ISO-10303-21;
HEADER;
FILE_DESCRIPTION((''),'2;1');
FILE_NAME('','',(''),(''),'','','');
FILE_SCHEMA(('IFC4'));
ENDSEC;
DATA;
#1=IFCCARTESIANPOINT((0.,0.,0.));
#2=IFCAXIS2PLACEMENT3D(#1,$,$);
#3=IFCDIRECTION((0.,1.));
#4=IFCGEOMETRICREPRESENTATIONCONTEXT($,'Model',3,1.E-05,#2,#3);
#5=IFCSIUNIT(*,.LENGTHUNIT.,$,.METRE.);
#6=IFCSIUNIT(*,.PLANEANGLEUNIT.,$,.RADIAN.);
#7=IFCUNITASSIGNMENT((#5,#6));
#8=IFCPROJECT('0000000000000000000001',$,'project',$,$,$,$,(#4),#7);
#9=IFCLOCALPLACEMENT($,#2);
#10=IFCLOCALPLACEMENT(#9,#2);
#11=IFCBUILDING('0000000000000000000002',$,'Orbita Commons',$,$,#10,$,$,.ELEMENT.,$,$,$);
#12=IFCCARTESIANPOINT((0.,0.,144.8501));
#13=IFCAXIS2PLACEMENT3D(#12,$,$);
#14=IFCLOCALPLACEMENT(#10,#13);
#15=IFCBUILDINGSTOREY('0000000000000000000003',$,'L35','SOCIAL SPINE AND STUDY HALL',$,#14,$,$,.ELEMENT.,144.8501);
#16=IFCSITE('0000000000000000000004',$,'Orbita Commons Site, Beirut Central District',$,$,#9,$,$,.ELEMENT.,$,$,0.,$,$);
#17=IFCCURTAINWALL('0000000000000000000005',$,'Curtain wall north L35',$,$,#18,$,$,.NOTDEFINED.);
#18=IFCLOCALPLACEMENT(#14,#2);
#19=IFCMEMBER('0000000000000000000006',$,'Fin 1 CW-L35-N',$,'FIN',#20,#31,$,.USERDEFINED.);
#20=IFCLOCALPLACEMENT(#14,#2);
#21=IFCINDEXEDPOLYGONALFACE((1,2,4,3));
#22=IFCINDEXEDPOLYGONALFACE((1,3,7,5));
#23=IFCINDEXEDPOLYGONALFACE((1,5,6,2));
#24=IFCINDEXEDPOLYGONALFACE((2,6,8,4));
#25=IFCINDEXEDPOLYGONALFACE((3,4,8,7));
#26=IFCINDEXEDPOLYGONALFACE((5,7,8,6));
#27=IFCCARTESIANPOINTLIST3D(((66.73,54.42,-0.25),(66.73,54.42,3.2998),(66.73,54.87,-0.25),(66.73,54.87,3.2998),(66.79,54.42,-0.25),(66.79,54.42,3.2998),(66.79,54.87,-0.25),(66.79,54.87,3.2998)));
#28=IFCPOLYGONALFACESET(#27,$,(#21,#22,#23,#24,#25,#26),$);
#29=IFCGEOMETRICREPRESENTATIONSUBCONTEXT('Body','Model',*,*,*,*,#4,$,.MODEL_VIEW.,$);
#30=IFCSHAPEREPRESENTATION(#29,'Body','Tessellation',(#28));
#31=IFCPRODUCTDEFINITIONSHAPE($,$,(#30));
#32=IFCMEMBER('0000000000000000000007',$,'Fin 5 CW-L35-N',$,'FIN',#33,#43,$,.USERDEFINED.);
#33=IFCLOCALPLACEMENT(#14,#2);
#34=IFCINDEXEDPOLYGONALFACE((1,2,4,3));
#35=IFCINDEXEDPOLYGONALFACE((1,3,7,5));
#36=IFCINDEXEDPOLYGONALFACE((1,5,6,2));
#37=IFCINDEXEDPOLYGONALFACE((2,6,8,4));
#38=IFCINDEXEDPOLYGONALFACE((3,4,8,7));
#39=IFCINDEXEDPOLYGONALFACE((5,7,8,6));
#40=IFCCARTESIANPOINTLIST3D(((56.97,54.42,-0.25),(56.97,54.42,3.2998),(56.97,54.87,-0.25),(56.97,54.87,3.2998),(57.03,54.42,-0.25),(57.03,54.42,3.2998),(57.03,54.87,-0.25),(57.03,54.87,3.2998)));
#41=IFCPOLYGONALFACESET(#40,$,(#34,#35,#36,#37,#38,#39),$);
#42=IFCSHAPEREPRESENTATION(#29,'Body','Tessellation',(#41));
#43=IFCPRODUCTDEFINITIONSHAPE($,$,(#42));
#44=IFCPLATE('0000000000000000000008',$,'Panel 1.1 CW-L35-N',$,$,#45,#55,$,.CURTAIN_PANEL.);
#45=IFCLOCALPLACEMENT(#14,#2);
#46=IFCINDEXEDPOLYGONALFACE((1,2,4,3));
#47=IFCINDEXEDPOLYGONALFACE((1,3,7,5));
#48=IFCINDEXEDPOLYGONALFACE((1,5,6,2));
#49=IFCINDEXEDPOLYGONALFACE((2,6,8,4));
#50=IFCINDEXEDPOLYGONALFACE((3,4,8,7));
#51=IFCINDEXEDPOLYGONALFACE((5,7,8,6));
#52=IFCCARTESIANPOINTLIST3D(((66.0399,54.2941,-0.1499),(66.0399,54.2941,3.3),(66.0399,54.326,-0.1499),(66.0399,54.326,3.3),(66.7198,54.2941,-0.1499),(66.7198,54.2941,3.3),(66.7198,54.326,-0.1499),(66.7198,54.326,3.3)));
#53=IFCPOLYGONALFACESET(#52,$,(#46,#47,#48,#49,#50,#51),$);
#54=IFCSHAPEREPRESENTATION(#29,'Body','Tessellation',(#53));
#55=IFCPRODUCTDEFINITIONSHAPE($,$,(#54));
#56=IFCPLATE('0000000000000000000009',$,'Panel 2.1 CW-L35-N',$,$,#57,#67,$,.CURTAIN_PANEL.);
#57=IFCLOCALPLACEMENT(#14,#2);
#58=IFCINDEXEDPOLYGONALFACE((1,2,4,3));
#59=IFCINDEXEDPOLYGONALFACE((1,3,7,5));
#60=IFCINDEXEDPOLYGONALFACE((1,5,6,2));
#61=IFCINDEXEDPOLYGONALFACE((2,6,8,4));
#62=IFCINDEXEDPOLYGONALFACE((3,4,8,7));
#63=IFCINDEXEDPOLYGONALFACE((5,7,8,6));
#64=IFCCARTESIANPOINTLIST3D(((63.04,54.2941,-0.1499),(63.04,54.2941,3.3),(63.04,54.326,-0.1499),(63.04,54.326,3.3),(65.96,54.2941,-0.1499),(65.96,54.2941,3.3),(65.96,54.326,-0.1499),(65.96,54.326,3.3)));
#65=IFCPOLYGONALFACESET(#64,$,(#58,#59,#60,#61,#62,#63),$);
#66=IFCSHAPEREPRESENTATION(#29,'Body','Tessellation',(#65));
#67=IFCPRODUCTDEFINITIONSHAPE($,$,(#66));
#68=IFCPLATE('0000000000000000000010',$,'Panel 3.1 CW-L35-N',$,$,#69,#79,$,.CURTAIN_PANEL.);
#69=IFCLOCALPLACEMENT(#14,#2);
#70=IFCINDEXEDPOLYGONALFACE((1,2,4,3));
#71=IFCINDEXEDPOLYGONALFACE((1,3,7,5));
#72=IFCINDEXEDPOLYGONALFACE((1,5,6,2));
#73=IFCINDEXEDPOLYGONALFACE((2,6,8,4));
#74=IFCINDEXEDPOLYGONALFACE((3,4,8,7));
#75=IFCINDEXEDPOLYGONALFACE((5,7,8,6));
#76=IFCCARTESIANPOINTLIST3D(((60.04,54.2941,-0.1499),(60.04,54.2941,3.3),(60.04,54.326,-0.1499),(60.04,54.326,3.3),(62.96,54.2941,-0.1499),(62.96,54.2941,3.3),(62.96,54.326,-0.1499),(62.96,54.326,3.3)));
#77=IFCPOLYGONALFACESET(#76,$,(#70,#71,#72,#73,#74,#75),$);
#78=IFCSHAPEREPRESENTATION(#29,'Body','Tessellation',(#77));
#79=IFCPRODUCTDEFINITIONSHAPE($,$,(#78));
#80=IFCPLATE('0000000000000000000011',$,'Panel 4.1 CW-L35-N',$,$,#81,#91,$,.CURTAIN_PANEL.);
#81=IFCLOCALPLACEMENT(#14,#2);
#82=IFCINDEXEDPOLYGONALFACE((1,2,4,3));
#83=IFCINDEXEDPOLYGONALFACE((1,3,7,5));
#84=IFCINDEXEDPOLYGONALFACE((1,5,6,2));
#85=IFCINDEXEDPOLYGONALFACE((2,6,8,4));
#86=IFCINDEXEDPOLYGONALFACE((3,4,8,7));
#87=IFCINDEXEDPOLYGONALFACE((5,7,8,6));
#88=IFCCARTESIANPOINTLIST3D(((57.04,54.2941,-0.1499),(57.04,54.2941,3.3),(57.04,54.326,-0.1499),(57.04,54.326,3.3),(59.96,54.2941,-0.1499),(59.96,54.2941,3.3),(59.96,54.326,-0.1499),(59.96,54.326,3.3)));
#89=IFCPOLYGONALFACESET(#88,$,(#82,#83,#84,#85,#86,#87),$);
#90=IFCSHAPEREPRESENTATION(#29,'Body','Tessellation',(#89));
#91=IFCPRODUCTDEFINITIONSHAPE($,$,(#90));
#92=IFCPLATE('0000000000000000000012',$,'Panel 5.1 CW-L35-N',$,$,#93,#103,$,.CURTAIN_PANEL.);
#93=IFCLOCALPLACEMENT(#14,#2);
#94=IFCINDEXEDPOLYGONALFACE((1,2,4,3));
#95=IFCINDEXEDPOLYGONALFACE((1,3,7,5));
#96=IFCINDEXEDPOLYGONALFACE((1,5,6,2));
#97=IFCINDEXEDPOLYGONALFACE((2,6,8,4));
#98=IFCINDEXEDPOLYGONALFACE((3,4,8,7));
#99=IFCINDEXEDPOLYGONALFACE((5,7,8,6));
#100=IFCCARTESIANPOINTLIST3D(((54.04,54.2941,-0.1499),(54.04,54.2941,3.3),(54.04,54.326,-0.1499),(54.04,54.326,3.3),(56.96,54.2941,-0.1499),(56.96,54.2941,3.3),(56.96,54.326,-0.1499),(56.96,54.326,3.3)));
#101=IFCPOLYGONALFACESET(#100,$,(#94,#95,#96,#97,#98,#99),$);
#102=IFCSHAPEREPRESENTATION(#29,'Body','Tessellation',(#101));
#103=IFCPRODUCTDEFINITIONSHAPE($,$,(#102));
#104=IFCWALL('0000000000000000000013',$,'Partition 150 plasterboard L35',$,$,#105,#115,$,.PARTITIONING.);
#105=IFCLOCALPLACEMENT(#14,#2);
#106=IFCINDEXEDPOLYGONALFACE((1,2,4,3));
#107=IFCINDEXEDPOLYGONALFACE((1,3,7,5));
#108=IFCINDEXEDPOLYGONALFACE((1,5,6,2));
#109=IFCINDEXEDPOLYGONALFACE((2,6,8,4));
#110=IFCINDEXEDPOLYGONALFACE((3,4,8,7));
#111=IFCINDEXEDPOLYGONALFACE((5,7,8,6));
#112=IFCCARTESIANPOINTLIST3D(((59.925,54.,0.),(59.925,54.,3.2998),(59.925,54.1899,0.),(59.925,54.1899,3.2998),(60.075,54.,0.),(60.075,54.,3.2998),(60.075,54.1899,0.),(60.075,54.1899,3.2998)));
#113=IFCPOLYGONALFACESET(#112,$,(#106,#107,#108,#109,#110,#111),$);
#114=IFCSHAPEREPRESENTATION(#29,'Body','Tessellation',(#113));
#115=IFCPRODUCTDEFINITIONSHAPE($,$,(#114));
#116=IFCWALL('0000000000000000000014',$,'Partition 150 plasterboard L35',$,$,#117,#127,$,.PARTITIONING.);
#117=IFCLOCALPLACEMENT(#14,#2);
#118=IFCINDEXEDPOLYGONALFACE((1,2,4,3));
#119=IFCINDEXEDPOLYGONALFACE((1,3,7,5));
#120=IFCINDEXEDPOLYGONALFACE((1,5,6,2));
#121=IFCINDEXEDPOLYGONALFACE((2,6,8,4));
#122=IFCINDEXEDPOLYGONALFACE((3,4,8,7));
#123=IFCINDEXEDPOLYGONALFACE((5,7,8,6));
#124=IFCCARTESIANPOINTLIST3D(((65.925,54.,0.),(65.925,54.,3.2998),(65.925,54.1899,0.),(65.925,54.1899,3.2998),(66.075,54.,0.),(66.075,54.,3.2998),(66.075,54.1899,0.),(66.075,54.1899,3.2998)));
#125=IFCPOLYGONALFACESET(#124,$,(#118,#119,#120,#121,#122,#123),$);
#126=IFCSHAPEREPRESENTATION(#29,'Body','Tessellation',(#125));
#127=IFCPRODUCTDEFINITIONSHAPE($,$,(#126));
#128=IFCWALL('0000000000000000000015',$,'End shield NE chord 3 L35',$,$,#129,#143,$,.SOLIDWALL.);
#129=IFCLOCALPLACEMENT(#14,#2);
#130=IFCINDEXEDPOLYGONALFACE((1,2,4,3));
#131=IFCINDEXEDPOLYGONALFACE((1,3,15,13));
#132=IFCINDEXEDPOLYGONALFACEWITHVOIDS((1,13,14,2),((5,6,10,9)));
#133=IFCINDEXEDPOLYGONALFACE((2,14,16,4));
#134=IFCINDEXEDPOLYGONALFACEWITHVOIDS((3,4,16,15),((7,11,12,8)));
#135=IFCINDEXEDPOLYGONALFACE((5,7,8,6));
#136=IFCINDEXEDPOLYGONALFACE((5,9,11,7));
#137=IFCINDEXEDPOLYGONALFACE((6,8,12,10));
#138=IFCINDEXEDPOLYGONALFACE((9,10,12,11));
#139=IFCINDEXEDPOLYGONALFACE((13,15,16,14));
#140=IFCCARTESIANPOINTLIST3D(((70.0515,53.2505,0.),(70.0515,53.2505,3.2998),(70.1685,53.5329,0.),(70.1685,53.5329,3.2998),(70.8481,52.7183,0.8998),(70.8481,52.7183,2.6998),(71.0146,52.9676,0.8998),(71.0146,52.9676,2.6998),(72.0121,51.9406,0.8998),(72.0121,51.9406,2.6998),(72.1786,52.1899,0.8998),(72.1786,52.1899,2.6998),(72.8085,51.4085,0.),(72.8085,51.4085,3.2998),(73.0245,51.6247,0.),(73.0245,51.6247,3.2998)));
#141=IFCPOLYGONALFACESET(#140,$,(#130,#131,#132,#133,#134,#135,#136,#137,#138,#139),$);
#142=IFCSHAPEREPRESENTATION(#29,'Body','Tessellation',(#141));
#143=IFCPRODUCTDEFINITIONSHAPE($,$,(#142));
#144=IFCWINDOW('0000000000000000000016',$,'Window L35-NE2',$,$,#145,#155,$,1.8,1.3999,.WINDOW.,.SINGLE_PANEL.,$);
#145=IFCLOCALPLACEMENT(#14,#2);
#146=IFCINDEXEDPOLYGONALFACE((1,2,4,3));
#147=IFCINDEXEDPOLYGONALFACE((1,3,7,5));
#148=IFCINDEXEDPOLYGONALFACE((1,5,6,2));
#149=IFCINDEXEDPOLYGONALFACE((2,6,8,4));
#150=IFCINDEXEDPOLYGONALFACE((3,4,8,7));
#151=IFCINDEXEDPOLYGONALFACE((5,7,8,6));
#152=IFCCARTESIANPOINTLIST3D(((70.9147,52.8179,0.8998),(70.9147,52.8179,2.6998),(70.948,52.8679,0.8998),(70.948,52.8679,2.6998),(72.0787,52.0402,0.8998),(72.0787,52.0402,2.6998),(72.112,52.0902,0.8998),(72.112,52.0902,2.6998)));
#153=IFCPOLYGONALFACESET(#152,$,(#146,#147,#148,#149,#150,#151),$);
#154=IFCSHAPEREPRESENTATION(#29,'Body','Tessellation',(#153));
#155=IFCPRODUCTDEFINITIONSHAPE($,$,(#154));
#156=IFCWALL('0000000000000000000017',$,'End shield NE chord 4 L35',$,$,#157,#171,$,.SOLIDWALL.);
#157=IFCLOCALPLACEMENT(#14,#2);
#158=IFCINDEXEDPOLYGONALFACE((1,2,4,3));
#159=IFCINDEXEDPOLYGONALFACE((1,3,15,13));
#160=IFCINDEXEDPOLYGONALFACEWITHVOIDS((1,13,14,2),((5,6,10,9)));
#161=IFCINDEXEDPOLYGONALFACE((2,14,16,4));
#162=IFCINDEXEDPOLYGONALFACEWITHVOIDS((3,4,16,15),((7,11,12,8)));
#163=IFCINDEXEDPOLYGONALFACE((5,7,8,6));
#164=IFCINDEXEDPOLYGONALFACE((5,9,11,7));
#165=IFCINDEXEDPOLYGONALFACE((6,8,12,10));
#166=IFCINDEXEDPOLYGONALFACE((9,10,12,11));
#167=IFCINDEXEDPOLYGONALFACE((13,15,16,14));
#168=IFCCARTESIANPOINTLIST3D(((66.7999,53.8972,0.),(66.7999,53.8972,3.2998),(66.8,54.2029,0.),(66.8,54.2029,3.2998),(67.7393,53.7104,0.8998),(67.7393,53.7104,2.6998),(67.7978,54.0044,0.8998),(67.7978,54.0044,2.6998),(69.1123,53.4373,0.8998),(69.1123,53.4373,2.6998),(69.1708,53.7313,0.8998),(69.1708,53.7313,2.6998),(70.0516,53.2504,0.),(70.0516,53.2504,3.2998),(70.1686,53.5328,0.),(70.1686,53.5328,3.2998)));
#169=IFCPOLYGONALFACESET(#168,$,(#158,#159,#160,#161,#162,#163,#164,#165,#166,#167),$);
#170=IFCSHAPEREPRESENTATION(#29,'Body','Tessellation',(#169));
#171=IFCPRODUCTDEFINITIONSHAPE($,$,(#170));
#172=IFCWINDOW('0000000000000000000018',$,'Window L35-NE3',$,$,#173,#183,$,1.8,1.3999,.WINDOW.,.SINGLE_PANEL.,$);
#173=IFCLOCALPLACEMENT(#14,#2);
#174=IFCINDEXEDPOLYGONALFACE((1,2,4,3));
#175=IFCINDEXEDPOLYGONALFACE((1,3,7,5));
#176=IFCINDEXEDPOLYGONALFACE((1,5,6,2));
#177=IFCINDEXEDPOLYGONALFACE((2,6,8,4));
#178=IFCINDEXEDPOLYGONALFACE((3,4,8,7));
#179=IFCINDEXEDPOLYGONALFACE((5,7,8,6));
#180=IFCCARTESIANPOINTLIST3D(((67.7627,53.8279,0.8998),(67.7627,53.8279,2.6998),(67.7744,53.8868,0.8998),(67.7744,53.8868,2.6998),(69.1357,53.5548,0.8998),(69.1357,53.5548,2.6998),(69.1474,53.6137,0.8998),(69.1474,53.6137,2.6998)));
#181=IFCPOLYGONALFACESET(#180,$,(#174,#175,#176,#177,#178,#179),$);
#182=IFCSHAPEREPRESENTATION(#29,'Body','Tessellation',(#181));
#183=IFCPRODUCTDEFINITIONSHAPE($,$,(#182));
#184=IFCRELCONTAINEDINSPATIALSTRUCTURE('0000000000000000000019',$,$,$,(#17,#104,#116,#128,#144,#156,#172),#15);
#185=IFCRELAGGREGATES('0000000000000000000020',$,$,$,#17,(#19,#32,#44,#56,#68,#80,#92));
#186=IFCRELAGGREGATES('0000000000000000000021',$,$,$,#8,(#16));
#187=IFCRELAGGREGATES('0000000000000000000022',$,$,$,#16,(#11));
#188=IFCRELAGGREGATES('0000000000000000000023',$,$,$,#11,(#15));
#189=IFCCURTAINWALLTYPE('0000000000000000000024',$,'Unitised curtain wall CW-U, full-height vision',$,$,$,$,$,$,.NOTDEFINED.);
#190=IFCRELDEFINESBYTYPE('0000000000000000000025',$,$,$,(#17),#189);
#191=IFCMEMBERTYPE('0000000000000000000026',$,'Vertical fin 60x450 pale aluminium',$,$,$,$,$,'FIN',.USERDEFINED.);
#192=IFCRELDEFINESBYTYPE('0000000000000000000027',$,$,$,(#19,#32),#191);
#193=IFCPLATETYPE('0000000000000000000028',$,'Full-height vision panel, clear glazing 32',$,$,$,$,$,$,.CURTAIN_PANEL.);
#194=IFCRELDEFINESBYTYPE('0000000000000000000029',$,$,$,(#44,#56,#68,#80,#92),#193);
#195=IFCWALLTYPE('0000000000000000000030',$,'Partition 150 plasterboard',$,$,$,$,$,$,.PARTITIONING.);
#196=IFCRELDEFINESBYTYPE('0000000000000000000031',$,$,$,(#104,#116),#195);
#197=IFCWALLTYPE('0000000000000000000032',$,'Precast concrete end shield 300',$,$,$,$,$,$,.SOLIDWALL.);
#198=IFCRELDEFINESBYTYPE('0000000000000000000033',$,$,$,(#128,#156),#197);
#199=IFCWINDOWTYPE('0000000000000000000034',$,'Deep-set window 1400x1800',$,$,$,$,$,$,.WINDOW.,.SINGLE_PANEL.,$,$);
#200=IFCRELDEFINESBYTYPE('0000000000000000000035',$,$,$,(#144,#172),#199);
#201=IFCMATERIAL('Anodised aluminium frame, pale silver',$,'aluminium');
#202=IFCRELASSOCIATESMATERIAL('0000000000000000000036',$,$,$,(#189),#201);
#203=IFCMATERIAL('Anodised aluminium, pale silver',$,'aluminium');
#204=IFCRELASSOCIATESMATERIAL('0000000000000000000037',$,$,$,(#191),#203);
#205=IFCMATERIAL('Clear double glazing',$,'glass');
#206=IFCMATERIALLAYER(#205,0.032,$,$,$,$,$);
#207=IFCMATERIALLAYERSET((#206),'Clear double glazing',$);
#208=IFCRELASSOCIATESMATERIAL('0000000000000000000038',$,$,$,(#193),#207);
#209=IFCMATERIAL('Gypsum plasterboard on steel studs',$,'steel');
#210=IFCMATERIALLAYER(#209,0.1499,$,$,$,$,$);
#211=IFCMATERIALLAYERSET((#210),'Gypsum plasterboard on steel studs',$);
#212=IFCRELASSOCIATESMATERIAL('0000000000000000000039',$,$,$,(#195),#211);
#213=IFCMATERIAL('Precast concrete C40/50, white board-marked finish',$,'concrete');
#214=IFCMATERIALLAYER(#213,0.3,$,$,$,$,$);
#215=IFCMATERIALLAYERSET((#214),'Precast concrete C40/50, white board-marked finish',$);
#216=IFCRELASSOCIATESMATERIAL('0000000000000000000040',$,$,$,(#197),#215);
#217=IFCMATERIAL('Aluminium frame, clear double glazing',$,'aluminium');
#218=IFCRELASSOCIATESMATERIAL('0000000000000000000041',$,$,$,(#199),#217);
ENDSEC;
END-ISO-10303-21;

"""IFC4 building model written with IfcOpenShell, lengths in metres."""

from ifc_helpers import new_model, si_unit, direction, frame, frame_2d, origin, origin_2d, place, context, subcontext, project, spatial, polyline, rectangle, outline, extrude, material, layer, layer_set, material_profile, profile_set, type_object, element, fill, aggregate, save


model = new_model("IFC4")

# Units and contexts
model_context = context("Model", 3, precision=1e-05, world=origin(), true_north=direction((0.0, 1.0)))
body_context = subcontext(model_context, "Body", "Model", "MODEL_VIEW")
ifc_project = project(units=[si_unit("LENGTHUNIT", "METRE"), si_unit("PLANEANGLEUNIT", "RADIAN")], contexts=[model_context])

# Site, building, storey
site_placement = place(None, origin())
site = spatial("IfcSite", under=ifc_project, at=site_placement, Name="Orbita Commons Site, Beirut Central District", CompositionType="ELEMENT", RefElevation=0.0)
building_placement = place(site_placement, origin())
building = spatial("IfcBuilding", under=site, at=building_placement, Name="Orbita Commons", CompositionType="ELEMENT")
storey_placement = place(building_placement, frame((0.0, 0.0, 144.8501)))
storey = spatial("IfcBuildingStorey", under=building, at=storey_placement, Name="L35", Description="SOCIAL SPINE AND STUDY HALL", CompositionType="ELEMENT", Elevation=144.8501)

# Curtain wall
ifc_material_1 = material(Name="Anodised aluminium frame, pale silver", Category="aluminium")
curtain_wall_type = type_object("IfcCurtainWallType", Name="Unitised curtain wall CW-U, full-height vision", PredefinedType="NOTDEFINED", material=ifc_material_1)
curtain_wall_placement = place(storey_placement, origin())
curtain_wall = element("IfcCurtainWall", 1, at=curtain_wall_placement, inside=storey, type_object=curtain_wall_type, Name="Curtain wall north L35", PredefinedType="NOTDEFINED")

# Members
ifc_material_2 = material(Name="Anodised aluminium, pale silver", Category="aluminium")
ifc_material_profile_1 = material_profile(ifc_material_2, rectangle(XDim=0.0601, YDim=0.45, at=origin_2d()), Name="FIN 60x450")
ifc_profile_set_1 = profile_set([ifc_material_profile_1], Name="Anodised aluminium, pale silver")
member_type_1 = type_object("IfcMemberType", Name="Vertical fin 60x450 pale aluminium", ElementType="FIN", PredefinedType="USERDEFINED", material=ifc_profile_set_1)
member_1_placement = place(storey_placement, frame((66.76, 54.645, -0.25), z_axis=(0.0, 0.0, 1.0), x_axis=(-1.0, 0.0, 0.0)))
member_1 = element("IfcMember", 2, at=member_1_placement, type_object=member_type_1, Name="Fin 1 CW-L35-N", ObjectType="FIN", PredefinedType="USERDEFINED", context=body_context, shape_type="SweptSolid", body=[
    extrude(rectangle(XDim=0.0601, YDim=0.45, at=origin_2d()), origin(), (0.0, 0.0, 1.0), 3.5498),
])
member_2_placement = place(storey_placement, frame((57.0, 54.645, -0.25), z_axis=(0.0, 0.0, 1.0), x_axis=(-1.0, 0.0, 0.0)))
member_2 = element("IfcMember", 3, at=member_2_placement, type_object=member_type_1, Name="Fin 5 CW-L35-N", ObjectType="FIN", PredefinedType="USERDEFINED", context=body_context, shape_type="SweptSolid", body=[
    extrude(rectangle(XDim=0.0601, YDim=0.45, at=origin_2d()), origin(), (0.0, 0.0, 1.0), 3.5498),
])

# Plates
ifc_material_3 = material(Name="Clear double glazing", Category="glass")
ifc_layer_1 = layer(ifc_material_3, 0.032)
ifc_layer_set_1 = layer_set([ifc_layer_1], Name="Clear double glazing")
plate_type = type_object("IfcPlateType", Name="Full-height vision panel, clear glazing 32", PredefinedType="CURTAIN_PANEL", material=ifc_layer_set_1)
plate_1_placement = place(storey_placement, frame((66.3799, 54.3101, -0.1499), z_axis=(0.0, 0.0, 1.0), x_axis=(-1.0, 0.0, 0.0)))
plate_1 = element("IfcPlate", 4, at=plate_1_placement, type_object=plate_type, Name="Panel 1.1 CW-L35-N", PredefinedType="CURTAIN_PANEL", context=body_context, shape_type="SweptSolid", body=[
    extrude(rectangle(XDim=0.6799, YDim=0.032, at=origin_2d()), origin(), (0.0, 0.0, 1.0), 3.45),
])
plate_2_placement = place(storey_placement, frame((64.5, 54.3101, -0.1499), z_axis=(0.0, 0.0, 1.0), x_axis=(-1.0, 0.0, 0.0)))
plate_2 = element("IfcPlate", 5, at=plate_2_placement, type_object=plate_type, Name="Panel 2.1 CW-L35-N", PredefinedType="CURTAIN_PANEL", context=body_context, shape_type="SweptSolid", body=[
    extrude(rectangle(XDim=2.9199, YDim=0.032, at=origin_2d()), origin(), (0.0, 0.0, 1.0), 3.45),
])
plate_3_placement = place(storey_placement, frame((61.5, 54.3101, -0.1499), z_axis=(0.0, 0.0, 1.0), x_axis=(-1.0, 0.0, 0.0)))
plate_3 = element("IfcPlate", 6, at=plate_3_placement, type_object=plate_type, Name="Panel 3.1 CW-L35-N", PredefinedType="CURTAIN_PANEL", context=body_context, shape_type="SweptSolid", body=[
    extrude(rectangle(XDim=2.9199, YDim=0.032, at=origin_2d()), origin(), (0.0, 0.0, 1.0), 3.45),
])
plate_4_placement = place(storey_placement, frame((58.5, 54.3101, -0.1499), z_axis=(0.0, 0.0, 1.0), x_axis=(-1.0, 0.0, 0.0)))
plate_4 = element("IfcPlate", 7, at=plate_4_placement, type_object=plate_type, Name="Panel 4.1 CW-L35-N", PredefinedType="CURTAIN_PANEL", context=body_context, shape_type="SweptSolid", body=[
    extrude(rectangle(XDim=2.9199, YDim=0.032, at=origin_2d()), origin(), (0.0, 0.0, 1.0), 3.45),
])
plate_5_placement = place(storey_placement, frame((55.5, 54.3101, -0.1499), z_axis=(0.0, 0.0, 1.0), x_axis=(-1.0, 0.0, 0.0)))
plate_5 = element("IfcPlate", 8, at=plate_5_placement, type_object=plate_type, Name="Panel 5.1 CW-L35-N", PredefinedType="CURTAIN_PANEL", context=body_context, shape_type="SweptSolid", body=[
    extrude(rectangle(XDim=2.9199, YDim=0.032, at=origin_2d()), origin(), (0.0, 0.0, 1.0), 3.45),
])
aggregate(curtain_wall, [member_1, member_2, plate_1, plate_2, plate_3, plate_4, plate_5])

# Walls
ifc_material_4 = material(Name="Gypsum plasterboard on steel studs", Category="steel")
ifc_layer_2 = layer(ifc_material_4, 0.1499)
ifc_layer_set_2 = layer_set([ifc_layer_2], Name="Gypsum plasterboard on steel studs")
wall_type_1 = type_object("IfcWallType", Name="Partition 150 plasterboard", PredefinedType="PARTITIONING", material=ifc_layer_set_2)
for number, where, z_axis, x_axis, name in (
    (9, (60.0, 54.0, 0.0), (0.0, 0.0, 1.0), (0.0, 1.0, 0.0), "Partition 150 plasterboard L35"),
    (10, (66.0, 54.0, 0.0), (0.0, 0.0, 1.0), (0.0, 1.0, 0.0), "Partition 150 plasterboard L35"),
):
    element("IfcWall", number, at=place(storey_placement, frame(where, z_axis=z_axis, x_axis=x_axis)), inside=storey, type_object=wall_type_1, Name=name, PredefinedType="PARTITIONING", context=body_context, shape_type="SweptSolid", body=[
        extrude(rectangle(XDim=0.1899, YDim=0.1499, at=frame_2d((0.095, 0.0))), origin(), (0.0, 0.0, 1.0), 3.2998),
    ])

# Walls, openings, windows
ifc_material_5 = material(Name="Precast concrete C40/50, white board-marked finish", Category="concrete")
ifc_layer_3 = layer(ifc_material_5, 0.3)
ifc_layer_set_3 = layer_set([ifc_layer_3], Name="Precast concrete C40/50, white board-marked finish")
wall_type_2 = type_object("IfcWallType", Name="Precast concrete end shield 300", PredefinedType="SOLIDWALL", material=ifc_layer_set_3)
wall_1_placement = place(storey_placement, frame((72.9165, 51.5166, 0.0), z_axis=(0.0, 0.0, 1.0), x_axis=(-0.831493, 0.555535, 0.0)))
wall_1 = element("IfcWall", 11, at=wall_1_placement, inside=storey, type_object=wall_type_2, Name="End shield NE chord 3 L35", PredefinedType="SOLIDWALL", context=body_context, shape_type="SweptSolid", body=[
    extrude(outline(polyline([(-0.0298, -0.1499), (3.405, -0.1499), (3.3455, 0.1499), (0.0298, 0.1499), (-0.0298, -0.1499)])), origin(), (0.0, 0.0, 1.0), 3.2998),
])
opening_1_placement = place(wall_1_placement, frame((0.9875, 0.0, 0.8999)))
opening_1 = element("IfcOpeningElement", 12, at=opening_1_placement, cuts=wall_1, PredefinedType="OPENING", context=body_context, shape_type="SweptSolid", body=[
    extrude(rectangle(XDim=1.3999, YDim=1.8, at=frame_2d((0.7, 0.8999))), frame((0.0, 0.1599, 0.0), z_axis=(0.0, -1.0, 0.0), x_axis=(1.0, 0.0, 0.0)), (0.0, 0.0, 1.0), 0.3201),
])
ifc_material_6 = material(Name="Aluminium frame, clear double glazing", Category="aluminium")
window_type = type_object("IfcWindowType", Name="Deep-set window 1400x1800", PartitioningType="SINGLE_PANEL", PredefinedType="WINDOW", material=ifc_material_6)
window_1_placement = place(opening_1_placement, origin())
window_1 = element("IfcWindow", 13, at=window_1_placement, inside=storey, type_object=window_type, Name="Window L35-NE2", OverallHeight=1.8, OverallWidth=1.3999, PartitioningType="SINGLE_PANEL", PredefinedType="WINDOW", context=body_context, shape_type="SweptSolid", body=[
    extrude(rectangle(XDim=1.3999, YDim=1.8, at=frame_2d((0.7, 0.8999))), frame((0.0, 0.03, 0.0), z_axis=(0.0, -1.0, 0.0), x_axis=(1.0, 0.0, 0.0)), (0.0, 0.0, 1.0), 0.0601),
])
fill(opening_1, window_1)
wall_2_placement = place(storey_placement, frame((70.1101, 53.3916, 0.0), z_axis=(0.0, 0.0, 1.0), x_axis=(-0.980783, 0.1951, 0.0)))
wall_2 = element("IfcWall", 14, at=wall_2_placement, inside=storey, type_object=wall_type_2, Name="End shield NE chord 4 L35", PredefinedType="SOLIDWALL", context=body_context, shape_type="SweptSolid", body=[
    extrude(outline(polyline([(-0.0298, -0.1499), (3.4048, -0.1499), (3.3452, 0.1499), (0.0298, 0.1499), (-0.0298, -0.1499)])), origin(), (0.0, 0.0, 1.0), 3.2998),
])
opening_2_placement = place(wall_2_placement, frame((0.9875, 0.0, 0.8999)))
opening_2 = element("IfcOpeningElement", 15, at=opening_2_placement, cuts=wall_2, PredefinedType="OPENING", context=body_context, shape_type="SweptSolid", body=[
    extrude(rectangle(XDim=1.3999, YDim=1.8, at=frame_2d((0.7, 0.8999))), frame((0.0, 0.1599, 0.0), z_axis=(0.0, -1.0, 0.0), x_axis=(1.0, 0.0, 0.0)), (0.0, 0.0, 1.0), 0.3201),
])
window_2_placement = place(opening_2_placement, origin())
window_2 = element("IfcWindow", 16, at=window_2_placement, inside=storey, type_object=window_type, Name="Window L35-NE3", OverallHeight=1.8, OverallWidth=1.3999, PartitioningType="SINGLE_PANEL", PredefinedType="WINDOW", context=body_context, shape_type="SweptSolid", body=[
    extrude(rectangle(XDim=1.3999, YDim=1.8, at=frame_2d((0.7, 0.8999))), frame((0.0, 0.03, 0.0), z_axis=(0.0, -1.0, 0.0), x_axis=(1.0, 0.0, 0.0)), (0.0, 0.0, 1.0), 0.0601),
])
fill(opening_2, window_2)

save(model, "model.ifc")
